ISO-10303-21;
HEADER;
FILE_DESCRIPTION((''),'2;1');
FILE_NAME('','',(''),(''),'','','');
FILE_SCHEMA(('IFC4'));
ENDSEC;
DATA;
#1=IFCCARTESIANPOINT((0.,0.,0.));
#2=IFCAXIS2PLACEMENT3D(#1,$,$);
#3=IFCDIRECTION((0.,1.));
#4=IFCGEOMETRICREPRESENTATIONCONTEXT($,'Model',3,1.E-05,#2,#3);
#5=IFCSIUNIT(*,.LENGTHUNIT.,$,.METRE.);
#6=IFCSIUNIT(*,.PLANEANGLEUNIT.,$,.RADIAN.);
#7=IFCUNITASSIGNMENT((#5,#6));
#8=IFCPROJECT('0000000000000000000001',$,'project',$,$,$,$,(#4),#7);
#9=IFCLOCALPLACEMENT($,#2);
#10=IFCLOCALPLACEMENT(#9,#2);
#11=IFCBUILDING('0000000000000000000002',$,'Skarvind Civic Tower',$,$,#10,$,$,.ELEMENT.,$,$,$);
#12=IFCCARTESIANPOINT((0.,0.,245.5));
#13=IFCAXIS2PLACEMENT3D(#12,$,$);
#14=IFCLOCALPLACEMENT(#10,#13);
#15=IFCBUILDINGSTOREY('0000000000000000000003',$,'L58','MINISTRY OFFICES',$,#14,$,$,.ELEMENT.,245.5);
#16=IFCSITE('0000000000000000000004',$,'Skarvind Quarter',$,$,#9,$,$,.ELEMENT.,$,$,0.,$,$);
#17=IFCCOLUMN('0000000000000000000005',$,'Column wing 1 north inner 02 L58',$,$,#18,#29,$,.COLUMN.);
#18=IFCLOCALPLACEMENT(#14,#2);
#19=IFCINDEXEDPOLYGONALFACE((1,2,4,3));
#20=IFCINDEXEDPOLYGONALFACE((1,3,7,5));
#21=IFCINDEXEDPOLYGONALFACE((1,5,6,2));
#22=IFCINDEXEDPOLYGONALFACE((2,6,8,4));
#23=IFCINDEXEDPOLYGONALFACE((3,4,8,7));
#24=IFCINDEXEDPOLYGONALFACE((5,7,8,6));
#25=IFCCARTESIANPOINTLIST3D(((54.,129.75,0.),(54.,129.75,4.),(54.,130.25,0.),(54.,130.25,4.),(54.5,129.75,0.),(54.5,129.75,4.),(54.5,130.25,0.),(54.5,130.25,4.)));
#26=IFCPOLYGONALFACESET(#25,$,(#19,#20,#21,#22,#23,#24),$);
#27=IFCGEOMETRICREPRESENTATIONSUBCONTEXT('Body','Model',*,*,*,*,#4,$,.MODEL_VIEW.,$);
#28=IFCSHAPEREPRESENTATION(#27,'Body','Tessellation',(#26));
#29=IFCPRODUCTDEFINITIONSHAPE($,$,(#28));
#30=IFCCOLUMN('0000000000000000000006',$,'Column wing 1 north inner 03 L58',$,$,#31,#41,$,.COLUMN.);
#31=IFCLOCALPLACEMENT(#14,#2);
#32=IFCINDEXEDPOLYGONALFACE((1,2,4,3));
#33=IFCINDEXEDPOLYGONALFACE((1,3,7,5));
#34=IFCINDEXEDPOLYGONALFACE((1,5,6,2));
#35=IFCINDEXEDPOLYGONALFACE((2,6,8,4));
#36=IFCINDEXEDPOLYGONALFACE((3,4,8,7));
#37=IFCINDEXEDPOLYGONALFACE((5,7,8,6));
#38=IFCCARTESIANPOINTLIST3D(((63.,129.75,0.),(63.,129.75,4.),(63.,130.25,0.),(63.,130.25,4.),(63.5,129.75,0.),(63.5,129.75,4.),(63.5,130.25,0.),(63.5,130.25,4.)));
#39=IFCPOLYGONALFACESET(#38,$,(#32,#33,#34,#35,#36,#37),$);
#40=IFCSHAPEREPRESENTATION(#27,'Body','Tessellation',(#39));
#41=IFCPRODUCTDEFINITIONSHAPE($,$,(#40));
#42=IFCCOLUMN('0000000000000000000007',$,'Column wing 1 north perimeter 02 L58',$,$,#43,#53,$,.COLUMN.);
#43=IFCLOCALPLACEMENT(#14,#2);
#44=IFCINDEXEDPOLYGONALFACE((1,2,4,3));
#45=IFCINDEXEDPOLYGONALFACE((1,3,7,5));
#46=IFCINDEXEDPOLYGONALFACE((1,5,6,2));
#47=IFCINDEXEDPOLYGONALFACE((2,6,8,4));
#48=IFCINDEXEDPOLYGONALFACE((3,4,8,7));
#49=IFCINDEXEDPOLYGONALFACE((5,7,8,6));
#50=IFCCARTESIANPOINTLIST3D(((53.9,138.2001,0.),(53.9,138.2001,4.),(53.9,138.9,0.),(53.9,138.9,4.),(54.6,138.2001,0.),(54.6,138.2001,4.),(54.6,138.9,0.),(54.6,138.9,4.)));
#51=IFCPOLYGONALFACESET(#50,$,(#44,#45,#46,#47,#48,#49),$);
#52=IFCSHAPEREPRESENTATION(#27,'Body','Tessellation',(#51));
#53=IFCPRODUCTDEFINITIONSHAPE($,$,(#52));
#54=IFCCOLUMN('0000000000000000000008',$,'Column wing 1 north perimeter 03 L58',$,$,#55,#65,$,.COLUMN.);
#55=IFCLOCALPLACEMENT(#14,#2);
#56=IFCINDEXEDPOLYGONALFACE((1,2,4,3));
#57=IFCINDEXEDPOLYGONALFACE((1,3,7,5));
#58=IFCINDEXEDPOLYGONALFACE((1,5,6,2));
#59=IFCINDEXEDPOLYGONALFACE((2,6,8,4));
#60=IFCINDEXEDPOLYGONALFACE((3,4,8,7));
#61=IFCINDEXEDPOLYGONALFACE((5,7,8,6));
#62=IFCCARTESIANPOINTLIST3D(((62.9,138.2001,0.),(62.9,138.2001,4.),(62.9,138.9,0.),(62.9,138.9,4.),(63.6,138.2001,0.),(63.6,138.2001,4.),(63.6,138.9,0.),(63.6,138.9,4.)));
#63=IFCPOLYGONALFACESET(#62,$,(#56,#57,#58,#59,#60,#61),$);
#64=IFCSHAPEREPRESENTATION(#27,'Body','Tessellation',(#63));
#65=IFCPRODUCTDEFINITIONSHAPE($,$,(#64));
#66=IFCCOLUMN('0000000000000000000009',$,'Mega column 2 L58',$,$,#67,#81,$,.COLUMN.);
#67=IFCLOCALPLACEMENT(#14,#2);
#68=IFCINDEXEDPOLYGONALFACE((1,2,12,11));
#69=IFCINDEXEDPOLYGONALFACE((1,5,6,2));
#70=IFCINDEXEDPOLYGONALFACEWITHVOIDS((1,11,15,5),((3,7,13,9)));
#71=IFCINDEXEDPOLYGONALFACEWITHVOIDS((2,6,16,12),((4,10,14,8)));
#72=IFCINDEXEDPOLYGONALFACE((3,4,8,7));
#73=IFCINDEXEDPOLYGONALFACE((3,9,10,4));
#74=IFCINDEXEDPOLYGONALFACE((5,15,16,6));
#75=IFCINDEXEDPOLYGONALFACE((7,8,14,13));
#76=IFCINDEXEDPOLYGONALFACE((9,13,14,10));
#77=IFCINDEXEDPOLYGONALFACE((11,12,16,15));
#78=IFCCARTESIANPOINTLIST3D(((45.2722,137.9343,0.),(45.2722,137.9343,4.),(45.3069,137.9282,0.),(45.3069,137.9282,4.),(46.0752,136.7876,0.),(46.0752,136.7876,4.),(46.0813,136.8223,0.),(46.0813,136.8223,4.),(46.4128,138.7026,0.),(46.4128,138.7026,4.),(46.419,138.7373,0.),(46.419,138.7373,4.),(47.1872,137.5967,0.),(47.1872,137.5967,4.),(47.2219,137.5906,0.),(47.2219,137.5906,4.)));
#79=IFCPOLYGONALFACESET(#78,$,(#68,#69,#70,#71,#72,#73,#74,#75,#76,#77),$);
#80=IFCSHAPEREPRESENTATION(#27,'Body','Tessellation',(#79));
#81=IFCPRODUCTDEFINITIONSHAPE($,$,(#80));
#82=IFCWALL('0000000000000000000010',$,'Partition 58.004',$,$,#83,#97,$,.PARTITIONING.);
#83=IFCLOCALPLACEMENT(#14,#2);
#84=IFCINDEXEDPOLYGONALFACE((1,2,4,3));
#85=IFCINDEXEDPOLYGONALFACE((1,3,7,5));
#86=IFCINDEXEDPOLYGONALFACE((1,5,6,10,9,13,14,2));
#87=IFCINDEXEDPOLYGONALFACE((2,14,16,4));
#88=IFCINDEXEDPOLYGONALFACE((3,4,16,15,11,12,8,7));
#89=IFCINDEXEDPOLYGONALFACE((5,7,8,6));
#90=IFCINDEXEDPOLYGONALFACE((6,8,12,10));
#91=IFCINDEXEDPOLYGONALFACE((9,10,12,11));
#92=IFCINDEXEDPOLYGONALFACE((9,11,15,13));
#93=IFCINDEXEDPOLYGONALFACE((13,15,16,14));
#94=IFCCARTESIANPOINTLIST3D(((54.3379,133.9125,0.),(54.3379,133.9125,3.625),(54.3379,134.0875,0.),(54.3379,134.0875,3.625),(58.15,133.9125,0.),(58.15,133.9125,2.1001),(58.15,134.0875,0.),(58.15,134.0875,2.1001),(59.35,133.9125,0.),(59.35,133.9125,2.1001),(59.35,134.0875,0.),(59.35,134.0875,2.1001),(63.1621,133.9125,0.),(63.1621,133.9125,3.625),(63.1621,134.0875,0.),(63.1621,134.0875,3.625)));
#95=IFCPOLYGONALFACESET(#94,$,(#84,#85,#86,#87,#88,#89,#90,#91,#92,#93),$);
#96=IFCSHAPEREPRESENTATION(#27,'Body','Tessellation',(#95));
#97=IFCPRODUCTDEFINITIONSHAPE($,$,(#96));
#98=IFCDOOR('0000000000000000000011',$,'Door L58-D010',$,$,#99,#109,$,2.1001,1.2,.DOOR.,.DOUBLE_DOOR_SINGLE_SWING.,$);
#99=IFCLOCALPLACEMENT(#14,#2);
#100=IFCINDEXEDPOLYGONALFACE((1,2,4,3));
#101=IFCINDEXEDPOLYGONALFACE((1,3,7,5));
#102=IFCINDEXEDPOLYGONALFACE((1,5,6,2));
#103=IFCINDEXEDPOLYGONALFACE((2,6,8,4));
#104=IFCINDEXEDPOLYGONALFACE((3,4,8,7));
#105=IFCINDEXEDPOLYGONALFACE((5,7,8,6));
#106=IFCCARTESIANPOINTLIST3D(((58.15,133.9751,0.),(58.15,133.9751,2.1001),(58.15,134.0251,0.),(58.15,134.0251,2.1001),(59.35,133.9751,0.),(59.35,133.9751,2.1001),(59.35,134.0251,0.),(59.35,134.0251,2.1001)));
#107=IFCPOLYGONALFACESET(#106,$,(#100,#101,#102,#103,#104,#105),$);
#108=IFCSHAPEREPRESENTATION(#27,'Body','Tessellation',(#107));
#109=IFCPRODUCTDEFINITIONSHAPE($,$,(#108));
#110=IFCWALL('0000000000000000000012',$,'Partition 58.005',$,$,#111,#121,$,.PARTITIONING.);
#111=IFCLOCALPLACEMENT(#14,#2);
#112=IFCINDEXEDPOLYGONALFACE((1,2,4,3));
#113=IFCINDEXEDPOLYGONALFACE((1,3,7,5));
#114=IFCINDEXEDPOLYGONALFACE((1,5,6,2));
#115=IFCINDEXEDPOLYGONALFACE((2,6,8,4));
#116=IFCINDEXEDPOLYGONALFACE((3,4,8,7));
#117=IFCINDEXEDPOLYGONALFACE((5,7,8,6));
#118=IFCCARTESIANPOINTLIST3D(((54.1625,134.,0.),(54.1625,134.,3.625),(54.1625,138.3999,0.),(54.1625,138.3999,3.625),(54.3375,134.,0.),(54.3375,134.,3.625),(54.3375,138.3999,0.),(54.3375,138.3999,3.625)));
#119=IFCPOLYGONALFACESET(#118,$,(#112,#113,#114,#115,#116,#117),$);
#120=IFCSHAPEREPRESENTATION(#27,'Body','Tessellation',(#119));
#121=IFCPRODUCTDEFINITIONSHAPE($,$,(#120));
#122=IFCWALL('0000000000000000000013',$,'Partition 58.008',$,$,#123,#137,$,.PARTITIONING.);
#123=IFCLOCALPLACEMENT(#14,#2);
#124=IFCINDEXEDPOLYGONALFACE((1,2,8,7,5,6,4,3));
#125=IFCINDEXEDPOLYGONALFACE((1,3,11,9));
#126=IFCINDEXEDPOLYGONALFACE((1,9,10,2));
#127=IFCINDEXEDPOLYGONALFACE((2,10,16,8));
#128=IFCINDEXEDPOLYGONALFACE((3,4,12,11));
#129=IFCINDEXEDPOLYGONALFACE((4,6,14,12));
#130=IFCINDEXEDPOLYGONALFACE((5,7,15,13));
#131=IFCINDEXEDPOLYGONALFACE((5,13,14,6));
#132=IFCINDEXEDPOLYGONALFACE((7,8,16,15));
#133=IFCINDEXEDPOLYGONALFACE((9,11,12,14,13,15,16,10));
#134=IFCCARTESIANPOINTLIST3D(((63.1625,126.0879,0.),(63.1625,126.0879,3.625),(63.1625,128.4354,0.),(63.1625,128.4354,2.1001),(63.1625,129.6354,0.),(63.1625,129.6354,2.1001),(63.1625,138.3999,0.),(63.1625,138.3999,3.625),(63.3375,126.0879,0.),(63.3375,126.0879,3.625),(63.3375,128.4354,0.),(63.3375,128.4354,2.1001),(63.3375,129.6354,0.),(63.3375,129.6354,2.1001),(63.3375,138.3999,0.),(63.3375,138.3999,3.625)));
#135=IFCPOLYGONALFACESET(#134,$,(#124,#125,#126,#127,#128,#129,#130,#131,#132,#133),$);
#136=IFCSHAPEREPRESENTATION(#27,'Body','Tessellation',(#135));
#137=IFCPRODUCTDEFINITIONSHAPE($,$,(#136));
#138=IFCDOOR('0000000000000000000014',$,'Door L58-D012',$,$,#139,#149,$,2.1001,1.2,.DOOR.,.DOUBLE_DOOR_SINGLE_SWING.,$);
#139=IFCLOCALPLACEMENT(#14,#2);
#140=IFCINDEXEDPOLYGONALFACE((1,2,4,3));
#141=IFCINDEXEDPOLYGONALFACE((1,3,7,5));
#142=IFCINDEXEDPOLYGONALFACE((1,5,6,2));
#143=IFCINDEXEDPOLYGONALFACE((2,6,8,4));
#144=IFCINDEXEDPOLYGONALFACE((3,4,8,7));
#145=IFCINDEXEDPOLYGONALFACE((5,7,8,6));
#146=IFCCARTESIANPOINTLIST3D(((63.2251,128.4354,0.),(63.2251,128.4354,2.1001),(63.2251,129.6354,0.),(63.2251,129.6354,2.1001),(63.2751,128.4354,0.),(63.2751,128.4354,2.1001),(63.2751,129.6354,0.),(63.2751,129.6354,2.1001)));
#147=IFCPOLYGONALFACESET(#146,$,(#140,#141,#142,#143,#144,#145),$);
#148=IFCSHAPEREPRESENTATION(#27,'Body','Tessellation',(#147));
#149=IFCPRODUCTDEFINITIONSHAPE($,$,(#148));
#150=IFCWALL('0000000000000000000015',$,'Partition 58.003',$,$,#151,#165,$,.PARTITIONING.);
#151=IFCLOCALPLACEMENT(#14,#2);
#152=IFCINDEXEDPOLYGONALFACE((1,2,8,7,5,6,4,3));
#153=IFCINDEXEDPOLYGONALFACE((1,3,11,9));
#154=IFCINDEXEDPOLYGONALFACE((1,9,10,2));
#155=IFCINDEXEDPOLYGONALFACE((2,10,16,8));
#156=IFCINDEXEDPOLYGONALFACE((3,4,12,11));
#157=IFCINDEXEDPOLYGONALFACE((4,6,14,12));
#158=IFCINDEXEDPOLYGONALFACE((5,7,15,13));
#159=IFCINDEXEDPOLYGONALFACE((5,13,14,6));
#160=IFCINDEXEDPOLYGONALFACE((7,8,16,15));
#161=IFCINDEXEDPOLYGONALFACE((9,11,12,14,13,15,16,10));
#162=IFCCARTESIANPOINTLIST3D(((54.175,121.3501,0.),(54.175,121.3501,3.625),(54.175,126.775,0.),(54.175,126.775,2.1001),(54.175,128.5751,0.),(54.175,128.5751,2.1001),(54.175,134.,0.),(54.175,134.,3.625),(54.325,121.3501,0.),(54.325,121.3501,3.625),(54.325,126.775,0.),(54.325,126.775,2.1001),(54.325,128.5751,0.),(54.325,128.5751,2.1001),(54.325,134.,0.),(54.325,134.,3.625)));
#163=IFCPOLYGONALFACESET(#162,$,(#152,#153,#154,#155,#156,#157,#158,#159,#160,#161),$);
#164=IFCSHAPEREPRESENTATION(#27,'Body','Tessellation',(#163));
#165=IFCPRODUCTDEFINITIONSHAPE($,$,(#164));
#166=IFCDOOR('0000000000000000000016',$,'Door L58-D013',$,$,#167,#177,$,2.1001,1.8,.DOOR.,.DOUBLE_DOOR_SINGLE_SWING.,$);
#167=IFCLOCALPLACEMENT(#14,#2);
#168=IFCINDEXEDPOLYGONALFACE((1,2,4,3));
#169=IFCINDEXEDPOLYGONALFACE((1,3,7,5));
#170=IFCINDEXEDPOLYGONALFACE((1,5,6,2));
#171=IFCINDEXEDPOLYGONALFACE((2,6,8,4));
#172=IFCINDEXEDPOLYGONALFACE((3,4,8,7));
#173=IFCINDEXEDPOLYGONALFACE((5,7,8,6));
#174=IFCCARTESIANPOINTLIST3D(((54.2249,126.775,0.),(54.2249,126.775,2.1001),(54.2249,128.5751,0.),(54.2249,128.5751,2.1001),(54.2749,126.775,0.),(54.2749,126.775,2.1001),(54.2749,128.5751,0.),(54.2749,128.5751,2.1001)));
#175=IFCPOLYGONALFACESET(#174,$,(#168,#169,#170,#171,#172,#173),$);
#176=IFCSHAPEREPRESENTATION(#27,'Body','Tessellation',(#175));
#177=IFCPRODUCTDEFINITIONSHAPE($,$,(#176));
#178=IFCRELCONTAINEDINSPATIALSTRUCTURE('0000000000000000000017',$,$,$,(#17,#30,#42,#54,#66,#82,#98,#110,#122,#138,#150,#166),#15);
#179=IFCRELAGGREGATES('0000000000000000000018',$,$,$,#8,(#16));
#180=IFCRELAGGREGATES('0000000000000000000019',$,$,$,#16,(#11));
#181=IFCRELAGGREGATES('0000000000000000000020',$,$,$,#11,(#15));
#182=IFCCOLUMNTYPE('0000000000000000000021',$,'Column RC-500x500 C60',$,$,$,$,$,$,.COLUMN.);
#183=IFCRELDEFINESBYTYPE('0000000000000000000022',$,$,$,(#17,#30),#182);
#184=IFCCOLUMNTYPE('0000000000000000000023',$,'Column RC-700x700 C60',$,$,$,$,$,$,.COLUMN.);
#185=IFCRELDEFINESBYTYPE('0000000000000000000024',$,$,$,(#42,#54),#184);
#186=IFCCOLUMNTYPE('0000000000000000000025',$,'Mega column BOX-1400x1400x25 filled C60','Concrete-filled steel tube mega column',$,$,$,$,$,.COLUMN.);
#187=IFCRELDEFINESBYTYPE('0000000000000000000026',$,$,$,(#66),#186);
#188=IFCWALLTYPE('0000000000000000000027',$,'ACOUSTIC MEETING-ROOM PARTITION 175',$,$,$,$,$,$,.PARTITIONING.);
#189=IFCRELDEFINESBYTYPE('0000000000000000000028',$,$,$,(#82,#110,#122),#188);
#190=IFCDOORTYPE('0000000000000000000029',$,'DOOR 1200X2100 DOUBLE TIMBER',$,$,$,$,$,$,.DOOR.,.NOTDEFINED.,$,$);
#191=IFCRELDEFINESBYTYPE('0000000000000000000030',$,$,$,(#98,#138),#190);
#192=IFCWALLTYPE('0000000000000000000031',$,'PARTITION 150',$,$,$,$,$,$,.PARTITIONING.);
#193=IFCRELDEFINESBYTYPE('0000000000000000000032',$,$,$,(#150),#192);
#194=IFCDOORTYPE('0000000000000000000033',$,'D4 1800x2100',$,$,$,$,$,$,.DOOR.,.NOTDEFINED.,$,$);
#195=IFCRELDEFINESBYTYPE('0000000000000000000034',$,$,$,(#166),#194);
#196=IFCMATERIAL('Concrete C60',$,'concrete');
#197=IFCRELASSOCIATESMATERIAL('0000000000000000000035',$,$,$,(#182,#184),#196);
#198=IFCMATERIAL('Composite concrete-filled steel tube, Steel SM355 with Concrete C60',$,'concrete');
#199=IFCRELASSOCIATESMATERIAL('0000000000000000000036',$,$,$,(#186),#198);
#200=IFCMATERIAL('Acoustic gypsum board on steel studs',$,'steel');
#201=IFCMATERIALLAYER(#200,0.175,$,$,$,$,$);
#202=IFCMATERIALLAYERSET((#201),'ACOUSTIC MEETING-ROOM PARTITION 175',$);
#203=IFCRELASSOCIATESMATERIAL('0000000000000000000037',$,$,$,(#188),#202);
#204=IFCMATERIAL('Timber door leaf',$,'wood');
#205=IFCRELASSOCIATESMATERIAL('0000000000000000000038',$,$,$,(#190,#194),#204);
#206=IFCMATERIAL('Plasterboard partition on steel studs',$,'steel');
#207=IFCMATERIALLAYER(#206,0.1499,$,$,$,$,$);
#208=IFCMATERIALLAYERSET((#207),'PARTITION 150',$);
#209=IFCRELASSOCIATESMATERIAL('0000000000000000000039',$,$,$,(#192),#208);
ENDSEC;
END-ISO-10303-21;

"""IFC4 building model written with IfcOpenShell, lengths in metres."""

from ifc_helpers import new_model, si_unit, direction, frame, frame_2d, origin, origin_2d, place, context, subcontext, project, spatial, rectangle, hollow_rectangle, extrude, material, layer, layer_set, material_profile, profile_set, type_object, element, fill, save


model = new_model("IFC4")

# Units and contexts
model_context = context("Model", 3, precision=1e-05, world=origin(), true_north=direction((0.0, 1.0)))
body_context = subcontext(model_context, "Body", "Model", "MODEL_VIEW")
ifc_project = project(units=[si_unit("LENGTHUNIT", "METRE"), si_unit("PLANEANGLEUNIT", "RADIAN")], contexts=[model_context])

# Site, building, storey
site_placement = place(None, origin())
site = spatial("IfcSite", under=ifc_project, at=site_placement, Name="Skarvind Quarter", CompositionType="ELEMENT", RefElevation=0.0)
building_placement = place(site_placement, origin())
building = spatial("IfcBuilding", under=site, at=building_placement, Name="Skarvind Civic Tower", CompositionType="ELEMENT")
storey_placement = place(building_placement, frame((0.0, 0.0, 245.5)))
storey = spatial("IfcBuildingStorey", under=building, at=storey_placement, Name="L58", Description="MINISTRY OFFICES", CompositionType="ELEMENT", Elevation=245.5)

# Columns
ifc_material_1 = material(Name="Concrete C60", Category="concrete")
ifc_material_profile_1 = material_profile(ifc_material_1, rectangle(XDim=0.5, YDim=0.5, at=origin_2d()), Name="RC-500x500")
ifc_profile_set_1 = profile_set([ifc_material_profile_1], Name="Concrete C60")
column_type_1 = type_object("IfcColumnType", Name="Column RC-500x500 C60", PredefinedType="COLUMN", material=ifc_profile_set_1)
for number, where, z_axis, x_axis, name in (
    (1, (54.25, 130.0, 0.0), (0.0, 0.0, 1.0), (1.0, 0.0, 0.0), "Column wing 1 north inner 02 L58"),
    (2, (63.25, 130.0, 0.0), (0.0, 0.0, 1.0), (1.0, 0.0, 0.0), "Column wing 1 north inner 03 L58"),
):
    element("IfcColumn", number, at=place(storey_placement, frame(where, z_axis=z_axis, x_axis=x_axis)), inside=storey, type_object=column_type_1, Name=name, PredefinedType="COLUMN", context=body_context, shape_type="SweptSolid", body=[
        extrude(rectangle(XDim=0.5, YDim=0.5, at=origin_2d()), origin(), (0.0, 0.0, 1.0), 4.0),
    ])
ifc_material_profile_2 = material_profile(ifc_material_1, rectangle(XDim=0.7, YDim=0.7, at=origin_2d()), Name="RC-700x700")
ifc_profile_set_2 = profile_set([ifc_material_profile_2], Name="Concrete C60")
column_type_2 = type_object("IfcColumnType", Name="Column RC-700x700 C60", PredefinedType="COLUMN", material=ifc_profile_set_2)
for number, where, z_axis, x_axis, name in (
    (3, (54.25, 138.55, 0.0), (0.0, 0.0, 1.0), (1.0, 0.0, 0.0), "Column wing 1 north perimeter 02 L58"),
    (4, (63.25, 138.55, 0.0), (0.0, 0.0, 1.0), (1.0, 0.0, 0.0), "Column wing 1 north perimeter 03 L58"),
):
    element("IfcColumn", number, at=place(storey_placement, frame(where, z_axis=z_axis, x_axis=x_axis)), inside=storey, type_object=column_type_2, Name=name, PredefinedType="COLUMN", context=body_context, shape_type="SweptSolid", body=[
        extrude(rectangle(XDim=0.7, YDim=0.7, at=origin_2d()), origin(), (0.0, 0.0, 1.0), 4.0),
    ])
ifc_material_2 = material(Name="Composite concrete-filled steel tube, Steel SM355 with Concrete C60", Category="concrete")
ifc_material_profile_3 = material_profile(ifc_material_2, hollow_rectangle(XDim=1.3999, YDim=1.3999, WallThickness=0.0249, at=origin_2d()), Name="BOX-1400x1400x25")
ifc_profile_set_3 = profile_set([ifc_material_profile_3], Name="Composite concrete-filled steel tube, Steel SM355 with Concrete C60")
column_type_3 = type_object("IfcColumnType", Name="Mega column BOX-1400x1400x25 filled C60", Description="Concrete-filled steel tube mega column", PredefinedType="COLUMN", material=ifc_profile_set_3)
column_placement = place(storey_placement, frame((46.2471, 137.7625, 0.0), z_axis=(0.0, 0.0, 1.0), x_axis=(0.573576, -0.819152, 0.0)))
element("IfcColumn", 5, at=column_placement, inside=storey, type_object=column_type_3, Name="Mega column 2 L58", PredefinedType="COLUMN", context=body_context, shape_type="SweptSolid", body=[
    extrude(hollow_rectangle(XDim=1.3999, YDim=1.3999, WallThickness=0.0249, at=origin_2d()), origin(), (0.0, 0.0, 1.0), 4.0),
])

# Wall, opening, door
ifc_material_3 = material(Name="Acoustic gypsum board on steel studs", Category="steel")
ifc_layer_1 = layer(ifc_material_3, 0.175)
ifc_layer_set_1 = layer_set([ifc_layer_1], Name="ACOUSTIC MEETING-ROOM PARTITION 175")
wall_type_1 = type_object("IfcWallType", Name="ACOUSTIC MEETING-ROOM PARTITION 175", PredefinedType="PARTITIONING", material=ifc_layer_set_1)
wall_1_placement = place(storey_placement, frame((63.1621, 134.0, 0.0), z_axis=(0.0, 0.0, 1.0), x_axis=(-1.0, 0.0, 0.0)))
wall_1 = element("IfcWall", 6, at=wall_1_placement, inside=storey, type_object=wall_type_1, Name="Partition 58.004", PredefinedType="PARTITIONING", context=body_context, shape_type="SweptSolid", body=[
    extrude(rectangle(XDim=8.8242, YDim=0.175, at=frame_2d((4.4121, 0.0))), origin(), (0.0, 0.0, 1.0), 3.625),
])
opening_1_placement = place(wall_1_placement, frame((3.812, 0.0, 0.0)))
opening_1 = element("IfcOpeningElement", 7, at=opening_1_placement, cuts=wall_1, PredefinedType="OPENING", context=body_context, shape_type="SweptSolid", body=[
    extrude(rectangle(XDim=1.2, YDim=2.1001, at=frame_2d((0.6001, 1.05))), frame((0.0, 0.0974, 0.0), z_axis=(0.0, -1.0, 0.0), x_axis=(1.0, 0.0, 0.0)), (0.0, 0.0, 1.0), 0.1951),
])
ifc_material_4 = material(Name="Timber door leaf", Category="wood")
door_type_1 = type_object("IfcDoorType", Name="DOOR 1200X2100 DOUBLE TIMBER", OperationType="NOTDEFINED", PredefinedType="DOOR", material=ifc_material_4)
door_1_placement = place(opening_1_placement, origin())
door_1 = element("IfcDoor", 8, at=door_1_placement, inside=storey, type_object=door_type_1, Name="Door L58-D010", OperationType="DOUBLE_DOOR_SINGLE_SWING", OverallHeight=2.1001, OverallWidth=1.2, PredefinedType="DOOR", context=body_context, shape_type="SweptSolid", body=[
    extrude(rectangle(XDim=1.2, YDim=2.1001, at=frame_2d((0.6001, 1.05))), frame((0.0, 0.0249, 0.0), z_axis=(0.0, -1.0, 0.0), x_axis=(1.0, 0.0, 0.0)), (0.0, 0.0, 1.0), 0.05),
])
fill(opening_1, door_1)

# Wall
wall_2_placement = place(storey_placement, frame((54.25, 138.3999, 0.0), z_axis=(0.0, 0.0, 1.0), x_axis=(0.0, -1.0, 0.0)))
element("IfcWall", 9, at=wall_2_placement, inside=storey, type_object=wall_type_1, Name="Partition 58.005", PredefinedType="PARTITIONING", context=body_context, shape_type="SweptSolid", body=[
    extrude(rectangle(XDim=4.3999, YDim=0.175, at=frame_2d((2.2, 0.0))), origin(), (0.0, 0.0, 1.0), 3.625),
])

# Walls, openings, doors
wall_3_placement = place(storey_placement, frame((63.25, 126.0879, 0.0), z_axis=(0.0, 0.0, 1.0), x_axis=(0.0, 1.0, 0.0)))
wall_3 = element("IfcWall", 10, at=wall_3_placement, inside=storey, type_object=wall_type_1, Name="Partition 58.008", PredefinedType="PARTITIONING", context=body_context, shape_type="SweptSolid", body=[
    extrude(rectangle(XDim=12.312, YDim=0.175, at=frame_2d((6.156, 0.0))), origin(), (0.0, 0.0, 1.0), 3.625),
])
opening_2_placement = place(wall_3_placement, frame((2.3474, 0.0, 0.0)))
opening_2 = element("IfcOpeningElement", 11, at=opening_2_placement, cuts=wall_3, PredefinedType="OPENING", context=body_context, shape_type="SweptSolid", body=[
    extrude(rectangle(XDim=1.2, YDim=2.1001, at=frame_2d((0.6001, 1.05))), frame((0.0, 0.0974, 0.0), z_axis=(0.0, -1.0, 0.0), x_axis=(1.0, 0.0, 0.0)), (0.0, 0.0, 1.0), 0.1951),
])
door_2_placement = place(opening_2_placement, origin())
door_2 = element("IfcDoor", 12, at=door_2_placement, inside=storey, type_object=door_type_1, Name="Door L58-D012", OperationType="DOUBLE_DOOR_SINGLE_SWING", OverallHeight=2.1001, OverallWidth=1.2, PredefinedType="DOOR", context=body_context, shape_type="SweptSolid", body=[
    extrude(rectangle(XDim=1.2, YDim=2.1001, at=frame_2d((0.6001, 1.05))), frame((0.0, 0.0249, 0.0), z_axis=(0.0, -1.0, 0.0), x_axis=(1.0, 0.0, 0.0)), (0.0, 0.0, 1.0), 0.05),
])
fill(opening_2, door_2)
ifc_material_5 = material(Name="Plasterboard partition on steel studs", Category="steel")
ifc_layer_2 = layer(ifc_material_5, 0.1499)
ifc_layer_set_2 = layer_set([ifc_layer_2], Name="PARTITION 150")
wall_type_2 = type_object("IfcWallType", Name="PARTITION 150", PredefinedType="PARTITIONING", material=ifc_layer_set_2)
wall_4_placement = place(storey_placement, frame((54.25, 134.0, 0.0), z_axis=(0.0, 0.0, 1.0), x_axis=(0.0, -1.0, 0.0)))
wall_4 = element("IfcWall", 13, at=wall_4_placement, inside=storey, type_object=wall_type_2, Name="Partition 58.003", PredefinedType="PARTITIONING", context=body_context, shape_type="SweptSolid", body=[
    extrude(rectangle(XDim=12.6499, YDim=0.1499, at=frame_2d((6.325, 0.0))), origin(), (0.0, 0.0, 1.0), 3.625),
])
opening_3_placement = place(wall_4_placement, frame((5.425, 0.0, 0.0)))
opening_3 = element("IfcOpeningElement", 14, at=opening_3_placement, cuts=wall_4, PredefinedType="OPENING", context=body_context, shape_type="SweptSolid", body=[
    extrude(rectangle(XDim=1.8, YDim=2.1001, at=frame_2d((0.8999, 1.05))), frame((0.0, 0.085, 0.0), z_axis=(0.0, -1.0, 0.0), x_axis=(1.0, 0.0, 0.0)), (0.0, 0.0, 1.0), 0.1699),
])
door_type_2 = type_object("IfcDoorType", Name="D4 1800x2100", OperationType="NOTDEFINED", PredefinedType="DOOR", material=ifc_material_4)
door_3_placement = place(opening_3_placement, origin())
door_3 = element("IfcDoor", 15, at=door_3_placement, inside=storey, type_object=door_type_2, Name="Door L58-D013", OperationType="DOUBLE_DOOR_SINGLE_SWING", OverallHeight=2.1001, OverallWidth=1.8, PredefinedType="DOOR", context=body_context, shape_type="SweptSolid", body=[
    extrude(rectangle(XDim=1.8, YDim=2.1001, at=frame_2d((0.8999, 1.05))), frame((0.0, 0.0249, 0.0), z_axis=(0.0, -1.0, 0.0), x_axis=(1.0, 0.0, 0.0)), (0.0, 0.0, 1.0), 0.05),
])
fill(opening_3, door_3)

save(model, "model.ifc")
